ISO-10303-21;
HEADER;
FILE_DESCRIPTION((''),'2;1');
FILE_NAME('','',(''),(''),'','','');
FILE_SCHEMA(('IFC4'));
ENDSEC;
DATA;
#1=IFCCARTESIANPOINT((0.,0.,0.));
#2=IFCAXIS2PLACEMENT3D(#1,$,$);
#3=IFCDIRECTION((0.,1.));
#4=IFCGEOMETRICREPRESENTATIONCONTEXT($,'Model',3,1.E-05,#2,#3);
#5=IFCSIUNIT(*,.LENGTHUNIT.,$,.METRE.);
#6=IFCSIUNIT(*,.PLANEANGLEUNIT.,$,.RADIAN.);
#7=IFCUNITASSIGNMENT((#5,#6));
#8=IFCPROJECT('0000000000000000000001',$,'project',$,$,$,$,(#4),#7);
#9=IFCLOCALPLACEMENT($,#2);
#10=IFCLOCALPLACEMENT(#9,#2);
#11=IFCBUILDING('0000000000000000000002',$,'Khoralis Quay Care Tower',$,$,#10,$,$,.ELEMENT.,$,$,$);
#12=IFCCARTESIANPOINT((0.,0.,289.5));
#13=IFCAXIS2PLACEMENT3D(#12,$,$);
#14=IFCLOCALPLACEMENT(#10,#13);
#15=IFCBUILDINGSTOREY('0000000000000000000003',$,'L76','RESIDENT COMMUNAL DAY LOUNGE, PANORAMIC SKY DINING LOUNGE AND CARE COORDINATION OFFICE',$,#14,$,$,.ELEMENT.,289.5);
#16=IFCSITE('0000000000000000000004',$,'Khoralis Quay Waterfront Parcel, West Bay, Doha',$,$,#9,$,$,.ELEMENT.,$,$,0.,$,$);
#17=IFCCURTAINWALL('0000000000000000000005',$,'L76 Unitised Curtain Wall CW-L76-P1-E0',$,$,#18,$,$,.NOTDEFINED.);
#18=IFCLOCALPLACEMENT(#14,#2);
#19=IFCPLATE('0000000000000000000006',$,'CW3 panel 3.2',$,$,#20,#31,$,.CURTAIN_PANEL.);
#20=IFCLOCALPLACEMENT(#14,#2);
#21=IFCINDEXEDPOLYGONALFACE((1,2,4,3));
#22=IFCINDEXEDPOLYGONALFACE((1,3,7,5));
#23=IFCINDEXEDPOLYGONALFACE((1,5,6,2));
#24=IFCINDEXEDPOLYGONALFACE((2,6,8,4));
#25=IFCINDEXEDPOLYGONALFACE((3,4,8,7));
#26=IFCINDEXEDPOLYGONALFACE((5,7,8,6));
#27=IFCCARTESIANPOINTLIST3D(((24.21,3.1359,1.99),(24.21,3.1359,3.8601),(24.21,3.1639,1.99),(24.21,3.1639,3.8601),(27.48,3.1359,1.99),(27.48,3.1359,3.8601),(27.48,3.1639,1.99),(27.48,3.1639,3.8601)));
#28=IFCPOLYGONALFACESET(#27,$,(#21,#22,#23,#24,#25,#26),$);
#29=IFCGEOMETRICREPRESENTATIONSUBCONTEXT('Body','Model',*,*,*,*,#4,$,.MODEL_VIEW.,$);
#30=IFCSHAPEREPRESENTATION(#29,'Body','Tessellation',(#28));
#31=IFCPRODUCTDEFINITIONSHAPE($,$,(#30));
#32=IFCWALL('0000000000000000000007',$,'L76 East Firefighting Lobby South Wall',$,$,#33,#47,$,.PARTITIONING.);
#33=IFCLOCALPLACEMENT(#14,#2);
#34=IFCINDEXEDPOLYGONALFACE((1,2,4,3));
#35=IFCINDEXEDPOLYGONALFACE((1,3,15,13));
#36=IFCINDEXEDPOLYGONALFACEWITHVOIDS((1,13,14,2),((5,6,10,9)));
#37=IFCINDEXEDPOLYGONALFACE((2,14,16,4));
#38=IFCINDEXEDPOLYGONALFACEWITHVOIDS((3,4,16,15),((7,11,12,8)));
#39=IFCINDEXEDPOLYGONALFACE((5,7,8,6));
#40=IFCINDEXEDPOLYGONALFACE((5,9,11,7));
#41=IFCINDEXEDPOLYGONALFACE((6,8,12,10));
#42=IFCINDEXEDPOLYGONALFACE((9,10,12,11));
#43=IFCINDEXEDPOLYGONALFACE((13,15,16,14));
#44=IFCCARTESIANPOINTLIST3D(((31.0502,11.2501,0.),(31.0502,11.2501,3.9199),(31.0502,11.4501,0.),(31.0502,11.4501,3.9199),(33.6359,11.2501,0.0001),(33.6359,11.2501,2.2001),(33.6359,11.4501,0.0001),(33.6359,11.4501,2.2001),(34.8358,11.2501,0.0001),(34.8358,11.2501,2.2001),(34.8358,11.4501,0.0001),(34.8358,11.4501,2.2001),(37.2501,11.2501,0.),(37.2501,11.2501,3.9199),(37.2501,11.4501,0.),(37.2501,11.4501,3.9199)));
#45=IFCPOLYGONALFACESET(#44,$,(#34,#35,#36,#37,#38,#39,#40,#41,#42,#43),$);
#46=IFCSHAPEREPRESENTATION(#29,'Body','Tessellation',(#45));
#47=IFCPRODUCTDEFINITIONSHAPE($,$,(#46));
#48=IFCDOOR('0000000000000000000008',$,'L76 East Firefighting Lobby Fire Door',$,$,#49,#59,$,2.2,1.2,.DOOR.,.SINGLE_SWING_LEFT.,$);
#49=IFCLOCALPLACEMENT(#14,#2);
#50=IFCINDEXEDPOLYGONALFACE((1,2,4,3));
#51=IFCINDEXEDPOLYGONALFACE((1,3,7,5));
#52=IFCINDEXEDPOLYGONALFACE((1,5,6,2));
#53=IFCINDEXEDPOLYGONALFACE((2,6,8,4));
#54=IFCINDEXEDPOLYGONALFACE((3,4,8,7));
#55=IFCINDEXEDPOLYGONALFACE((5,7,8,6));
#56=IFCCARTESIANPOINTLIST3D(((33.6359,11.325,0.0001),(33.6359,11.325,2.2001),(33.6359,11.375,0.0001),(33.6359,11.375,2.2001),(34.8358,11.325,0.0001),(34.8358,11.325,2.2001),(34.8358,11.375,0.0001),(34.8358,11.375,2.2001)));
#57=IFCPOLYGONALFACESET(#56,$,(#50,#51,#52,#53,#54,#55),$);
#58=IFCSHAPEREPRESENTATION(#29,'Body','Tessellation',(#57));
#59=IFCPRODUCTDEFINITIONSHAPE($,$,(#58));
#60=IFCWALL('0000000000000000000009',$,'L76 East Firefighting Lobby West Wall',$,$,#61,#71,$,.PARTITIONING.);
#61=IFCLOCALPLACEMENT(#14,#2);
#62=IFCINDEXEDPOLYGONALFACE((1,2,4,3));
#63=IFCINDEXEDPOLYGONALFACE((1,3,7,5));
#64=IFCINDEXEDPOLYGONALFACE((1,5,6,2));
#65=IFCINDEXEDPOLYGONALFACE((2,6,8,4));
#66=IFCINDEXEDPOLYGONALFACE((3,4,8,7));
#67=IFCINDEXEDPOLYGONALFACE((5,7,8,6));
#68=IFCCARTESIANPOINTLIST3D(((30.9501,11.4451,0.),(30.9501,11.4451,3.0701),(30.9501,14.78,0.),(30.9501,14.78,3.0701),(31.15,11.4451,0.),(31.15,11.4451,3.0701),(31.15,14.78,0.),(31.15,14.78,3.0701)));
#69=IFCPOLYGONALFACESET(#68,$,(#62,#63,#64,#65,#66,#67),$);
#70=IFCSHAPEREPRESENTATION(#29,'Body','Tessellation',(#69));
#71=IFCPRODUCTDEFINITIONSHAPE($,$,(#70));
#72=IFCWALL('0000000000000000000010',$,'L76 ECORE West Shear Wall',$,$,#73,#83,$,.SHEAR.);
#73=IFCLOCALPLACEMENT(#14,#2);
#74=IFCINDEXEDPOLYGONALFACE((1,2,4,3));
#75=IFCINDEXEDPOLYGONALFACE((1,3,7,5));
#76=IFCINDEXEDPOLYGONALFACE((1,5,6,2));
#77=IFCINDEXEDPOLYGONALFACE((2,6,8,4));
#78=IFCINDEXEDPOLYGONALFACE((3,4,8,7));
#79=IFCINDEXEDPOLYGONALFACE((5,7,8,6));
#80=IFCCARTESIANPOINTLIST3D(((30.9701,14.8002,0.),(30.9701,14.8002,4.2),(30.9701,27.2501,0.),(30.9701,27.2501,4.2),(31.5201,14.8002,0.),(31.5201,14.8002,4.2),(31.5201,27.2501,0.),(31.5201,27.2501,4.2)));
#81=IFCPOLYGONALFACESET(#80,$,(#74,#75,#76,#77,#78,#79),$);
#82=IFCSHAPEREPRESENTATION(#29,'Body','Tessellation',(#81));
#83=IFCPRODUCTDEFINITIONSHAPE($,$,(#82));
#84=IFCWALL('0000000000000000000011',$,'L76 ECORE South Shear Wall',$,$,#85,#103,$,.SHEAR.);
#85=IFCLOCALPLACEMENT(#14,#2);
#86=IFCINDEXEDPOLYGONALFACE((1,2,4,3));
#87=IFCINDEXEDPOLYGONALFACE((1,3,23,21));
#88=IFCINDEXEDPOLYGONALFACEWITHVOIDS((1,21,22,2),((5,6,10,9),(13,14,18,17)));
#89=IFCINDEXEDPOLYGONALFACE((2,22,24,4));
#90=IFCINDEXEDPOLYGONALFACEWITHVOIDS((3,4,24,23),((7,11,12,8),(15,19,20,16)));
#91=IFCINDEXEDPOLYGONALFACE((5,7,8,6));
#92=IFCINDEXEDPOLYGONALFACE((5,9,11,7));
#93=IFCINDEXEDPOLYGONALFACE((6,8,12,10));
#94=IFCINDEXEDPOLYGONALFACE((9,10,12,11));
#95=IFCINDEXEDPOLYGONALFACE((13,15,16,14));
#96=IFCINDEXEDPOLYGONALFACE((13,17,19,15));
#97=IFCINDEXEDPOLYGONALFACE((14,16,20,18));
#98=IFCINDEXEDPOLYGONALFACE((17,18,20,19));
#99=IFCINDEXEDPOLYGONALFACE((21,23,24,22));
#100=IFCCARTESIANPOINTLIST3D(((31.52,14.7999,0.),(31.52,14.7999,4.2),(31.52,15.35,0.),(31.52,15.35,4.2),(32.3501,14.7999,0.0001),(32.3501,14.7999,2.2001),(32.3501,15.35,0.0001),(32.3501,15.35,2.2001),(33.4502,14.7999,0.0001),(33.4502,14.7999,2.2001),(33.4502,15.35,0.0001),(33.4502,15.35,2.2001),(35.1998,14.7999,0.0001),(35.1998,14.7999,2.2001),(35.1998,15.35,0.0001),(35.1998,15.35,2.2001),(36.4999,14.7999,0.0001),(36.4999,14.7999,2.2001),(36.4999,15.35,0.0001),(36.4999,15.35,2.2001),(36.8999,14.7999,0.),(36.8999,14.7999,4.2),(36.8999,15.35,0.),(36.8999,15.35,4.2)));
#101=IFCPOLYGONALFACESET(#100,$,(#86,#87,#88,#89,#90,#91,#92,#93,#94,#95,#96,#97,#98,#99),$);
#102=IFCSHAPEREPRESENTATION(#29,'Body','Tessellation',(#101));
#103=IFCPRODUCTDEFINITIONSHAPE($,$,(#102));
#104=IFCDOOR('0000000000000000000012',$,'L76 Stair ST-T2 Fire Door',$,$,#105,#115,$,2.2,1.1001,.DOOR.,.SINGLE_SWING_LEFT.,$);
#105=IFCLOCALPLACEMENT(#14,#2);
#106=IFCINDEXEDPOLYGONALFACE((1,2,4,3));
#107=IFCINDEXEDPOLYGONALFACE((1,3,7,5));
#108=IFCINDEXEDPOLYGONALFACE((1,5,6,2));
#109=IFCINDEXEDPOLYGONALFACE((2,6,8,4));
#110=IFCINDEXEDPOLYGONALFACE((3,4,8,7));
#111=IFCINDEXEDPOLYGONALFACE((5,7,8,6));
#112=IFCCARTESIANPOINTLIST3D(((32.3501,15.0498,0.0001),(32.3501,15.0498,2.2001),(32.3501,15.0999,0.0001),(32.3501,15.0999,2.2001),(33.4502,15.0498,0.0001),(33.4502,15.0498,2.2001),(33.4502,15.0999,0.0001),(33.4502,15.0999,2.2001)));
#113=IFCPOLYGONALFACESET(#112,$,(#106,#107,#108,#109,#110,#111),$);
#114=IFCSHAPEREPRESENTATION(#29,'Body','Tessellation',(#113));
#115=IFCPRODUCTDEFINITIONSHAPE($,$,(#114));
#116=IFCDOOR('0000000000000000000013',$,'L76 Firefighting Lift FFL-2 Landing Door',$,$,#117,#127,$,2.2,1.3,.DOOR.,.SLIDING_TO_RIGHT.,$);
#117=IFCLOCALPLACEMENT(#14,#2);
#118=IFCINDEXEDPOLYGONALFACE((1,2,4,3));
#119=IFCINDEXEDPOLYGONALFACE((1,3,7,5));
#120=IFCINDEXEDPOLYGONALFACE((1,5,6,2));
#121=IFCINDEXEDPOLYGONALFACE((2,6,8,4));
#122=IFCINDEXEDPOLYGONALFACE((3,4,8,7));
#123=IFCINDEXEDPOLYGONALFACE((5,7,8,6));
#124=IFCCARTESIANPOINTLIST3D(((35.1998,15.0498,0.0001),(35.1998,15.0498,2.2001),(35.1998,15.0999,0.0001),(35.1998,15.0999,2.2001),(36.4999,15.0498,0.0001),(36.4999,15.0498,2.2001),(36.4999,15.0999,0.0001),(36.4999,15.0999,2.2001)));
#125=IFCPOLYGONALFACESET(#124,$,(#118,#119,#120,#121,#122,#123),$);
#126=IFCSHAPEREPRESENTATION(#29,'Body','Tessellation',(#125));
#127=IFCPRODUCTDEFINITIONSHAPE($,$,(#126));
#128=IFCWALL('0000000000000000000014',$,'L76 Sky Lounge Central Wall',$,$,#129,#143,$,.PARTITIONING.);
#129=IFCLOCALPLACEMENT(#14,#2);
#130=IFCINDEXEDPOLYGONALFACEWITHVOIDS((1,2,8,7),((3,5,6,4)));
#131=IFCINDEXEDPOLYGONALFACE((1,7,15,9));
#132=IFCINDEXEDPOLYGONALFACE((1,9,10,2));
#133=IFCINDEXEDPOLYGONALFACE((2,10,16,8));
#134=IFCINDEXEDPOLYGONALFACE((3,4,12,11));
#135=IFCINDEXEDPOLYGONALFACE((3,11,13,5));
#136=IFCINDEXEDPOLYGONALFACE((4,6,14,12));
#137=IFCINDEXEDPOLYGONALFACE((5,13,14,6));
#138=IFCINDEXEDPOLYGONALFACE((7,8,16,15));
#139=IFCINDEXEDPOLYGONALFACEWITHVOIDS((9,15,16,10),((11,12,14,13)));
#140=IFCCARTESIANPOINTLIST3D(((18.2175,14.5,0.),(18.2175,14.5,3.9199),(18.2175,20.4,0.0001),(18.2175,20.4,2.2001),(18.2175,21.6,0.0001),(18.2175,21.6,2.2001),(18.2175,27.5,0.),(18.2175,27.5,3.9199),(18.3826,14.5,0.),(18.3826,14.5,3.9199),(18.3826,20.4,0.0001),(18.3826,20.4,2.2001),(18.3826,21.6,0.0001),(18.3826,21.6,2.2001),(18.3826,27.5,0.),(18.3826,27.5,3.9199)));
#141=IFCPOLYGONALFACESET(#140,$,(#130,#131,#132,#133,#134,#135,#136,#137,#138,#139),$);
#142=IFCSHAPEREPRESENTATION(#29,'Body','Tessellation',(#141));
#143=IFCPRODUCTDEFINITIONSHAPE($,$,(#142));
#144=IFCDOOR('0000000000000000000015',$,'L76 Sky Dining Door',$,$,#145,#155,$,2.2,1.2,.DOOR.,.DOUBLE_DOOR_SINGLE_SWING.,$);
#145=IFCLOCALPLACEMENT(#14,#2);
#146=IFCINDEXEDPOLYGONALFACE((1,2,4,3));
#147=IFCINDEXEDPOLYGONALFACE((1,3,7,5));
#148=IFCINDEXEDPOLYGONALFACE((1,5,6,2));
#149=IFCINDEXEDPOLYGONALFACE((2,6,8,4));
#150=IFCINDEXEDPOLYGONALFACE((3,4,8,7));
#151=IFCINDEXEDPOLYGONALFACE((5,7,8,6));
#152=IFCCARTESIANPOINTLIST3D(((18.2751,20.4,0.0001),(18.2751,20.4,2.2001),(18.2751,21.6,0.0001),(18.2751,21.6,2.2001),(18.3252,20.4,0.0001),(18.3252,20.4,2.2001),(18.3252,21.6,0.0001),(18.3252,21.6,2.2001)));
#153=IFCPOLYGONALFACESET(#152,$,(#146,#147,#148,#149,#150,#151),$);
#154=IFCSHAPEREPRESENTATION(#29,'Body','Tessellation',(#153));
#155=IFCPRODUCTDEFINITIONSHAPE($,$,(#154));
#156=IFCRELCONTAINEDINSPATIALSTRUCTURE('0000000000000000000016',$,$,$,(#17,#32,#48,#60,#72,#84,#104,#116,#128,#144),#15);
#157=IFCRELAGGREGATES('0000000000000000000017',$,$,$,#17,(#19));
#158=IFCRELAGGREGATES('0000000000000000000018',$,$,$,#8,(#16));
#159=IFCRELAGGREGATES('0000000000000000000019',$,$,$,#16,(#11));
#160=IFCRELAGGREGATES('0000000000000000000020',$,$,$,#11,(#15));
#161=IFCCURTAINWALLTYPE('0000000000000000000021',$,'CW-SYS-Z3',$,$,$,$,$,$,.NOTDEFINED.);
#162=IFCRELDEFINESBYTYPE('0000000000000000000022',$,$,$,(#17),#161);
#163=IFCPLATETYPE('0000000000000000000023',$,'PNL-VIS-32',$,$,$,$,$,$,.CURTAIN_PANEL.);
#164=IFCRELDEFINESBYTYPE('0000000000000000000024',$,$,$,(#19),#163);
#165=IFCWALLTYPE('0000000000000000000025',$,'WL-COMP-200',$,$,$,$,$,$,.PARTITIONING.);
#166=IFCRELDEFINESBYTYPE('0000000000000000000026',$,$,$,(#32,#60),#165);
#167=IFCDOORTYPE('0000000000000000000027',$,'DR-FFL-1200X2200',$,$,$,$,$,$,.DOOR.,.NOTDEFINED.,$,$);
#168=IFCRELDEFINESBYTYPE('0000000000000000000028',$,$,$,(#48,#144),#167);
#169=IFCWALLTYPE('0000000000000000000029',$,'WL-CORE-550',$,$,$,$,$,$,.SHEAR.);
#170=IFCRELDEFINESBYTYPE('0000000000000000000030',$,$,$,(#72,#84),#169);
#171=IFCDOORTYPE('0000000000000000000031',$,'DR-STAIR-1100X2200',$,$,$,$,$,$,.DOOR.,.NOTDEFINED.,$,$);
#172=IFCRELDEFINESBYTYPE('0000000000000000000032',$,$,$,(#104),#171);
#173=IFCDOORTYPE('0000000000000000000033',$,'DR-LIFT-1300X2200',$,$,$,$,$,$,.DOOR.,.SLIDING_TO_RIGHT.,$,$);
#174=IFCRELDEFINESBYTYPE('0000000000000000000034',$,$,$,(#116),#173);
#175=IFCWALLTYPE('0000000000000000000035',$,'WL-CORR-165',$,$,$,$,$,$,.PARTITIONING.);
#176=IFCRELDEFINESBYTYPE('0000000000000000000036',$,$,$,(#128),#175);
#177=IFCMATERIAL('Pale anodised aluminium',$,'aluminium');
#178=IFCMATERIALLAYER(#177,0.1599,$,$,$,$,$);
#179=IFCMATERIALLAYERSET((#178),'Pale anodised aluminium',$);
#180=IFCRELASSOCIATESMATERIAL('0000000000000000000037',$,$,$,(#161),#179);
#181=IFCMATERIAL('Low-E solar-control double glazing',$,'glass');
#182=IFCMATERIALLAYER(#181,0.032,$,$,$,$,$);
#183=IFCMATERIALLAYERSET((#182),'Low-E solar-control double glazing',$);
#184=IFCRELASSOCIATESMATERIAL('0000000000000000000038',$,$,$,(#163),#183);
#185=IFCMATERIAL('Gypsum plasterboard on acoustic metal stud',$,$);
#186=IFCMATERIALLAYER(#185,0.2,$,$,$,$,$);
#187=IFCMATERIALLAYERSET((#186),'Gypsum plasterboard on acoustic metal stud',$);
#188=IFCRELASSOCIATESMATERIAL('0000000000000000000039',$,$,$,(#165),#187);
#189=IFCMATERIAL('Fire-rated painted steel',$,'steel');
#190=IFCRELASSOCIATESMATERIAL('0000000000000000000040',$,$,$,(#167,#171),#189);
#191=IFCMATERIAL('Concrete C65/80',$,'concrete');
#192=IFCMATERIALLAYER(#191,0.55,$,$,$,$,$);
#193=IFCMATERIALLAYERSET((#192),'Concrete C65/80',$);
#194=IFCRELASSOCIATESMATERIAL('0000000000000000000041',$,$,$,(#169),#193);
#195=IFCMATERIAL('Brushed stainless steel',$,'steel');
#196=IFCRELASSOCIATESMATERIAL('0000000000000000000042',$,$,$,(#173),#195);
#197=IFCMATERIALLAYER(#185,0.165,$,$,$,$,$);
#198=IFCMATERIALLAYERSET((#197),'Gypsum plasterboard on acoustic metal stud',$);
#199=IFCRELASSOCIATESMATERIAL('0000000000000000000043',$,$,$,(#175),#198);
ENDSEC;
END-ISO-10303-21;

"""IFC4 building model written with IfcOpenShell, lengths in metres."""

from ifc_helpers import new_model, si_unit, direction, frame, frame_2d, origin, origin_2d, place, context, subcontext, project, spatial, rectangle, extrude, source, transform, mapped, material, layer, layer_set, type_object, element, fill, aggregate, save


model = new_model("IFC4")

# Units and contexts
model_context = context("Model", 3, precision=1e-05, world=origin(), true_north=direction((0.0, 1.0)))
body_context = subcontext(model_context, "Body", "Model", "MODEL_VIEW")
ifc_project = project(units=[si_unit("LENGTHUNIT", "METRE"), si_unit("PLANEANGLEUNIT", "RADIAN")], contexts=[model_context])

# Site, building, storey
site_placement = place(None, origin())
site = spatial("IfcSite", under=ifc_project, at=site_placement, Name="Khoralis Quay Waterfront Parcel, West Bay, Doha", CompositionType="ELEMENT", RefElevation=0.0)
building_placement = place(site_placement, origin())
building = spatial("IfcBuilding", under=site, at=building_placement, Name="Khoralis Quay Care Tower", CompositionType="ELEMENT")
storey_placement = place(building_placement, frame((0.0, 0.0, 289.5)))
storey = spatial("IfcBuildingStorey", under=building, at=storey_placement, Name="L76", Description="RESIDENT COMMUNAL DAY LOUNGE, PANORAMIC SKY DINING LOUNGE AND CARE COORDINATION OFFICE", CompositionType="ELEMENT", Elevation=289.5)

# Curtain wall
ifc_material_1 = material(Name="Pale anodised aluminium", Category="aluminium")
ifc_layer_1 = layer(ifc_material_1, 0.1599)
ifc_layer_set_1 = layer_set([ifc_layer_1], Name="Pale anodised aluminium")
curtain_wall_type = type_object("IfcCurtainWallType", Name="CW-SYS-Z3", PredefinedType="NOTDEFINED", material=ifc_layer_set_1)
curtain_wall_placement = place(storey_placement, origin())
curtain_wall = element("IfcCurtainWall", 1, at=curtain_wall_placement, inside=storey, type_object=curtain_wall_type, Name="L76 Unitised Curtain Wall CW-L76-P1-E0", PredefinedType="NOTDEFINED")

# Plate
ifc_material_2 = material(Name="Low-E solar-control double glazing", Category="glass")
ifc_layer_2 = layer(ifc_material_2, 0.032)
ifc_layer_set_2 = layer_set([ifc_layer_2], Name="Low-E solar-control double glazing")
plate_type_1 = type_object("IfcPlateType", Name="PNL-VIS-32", PredefinedType="CURTAIN_PANEL", material=ifc_layer_set_2)
shared_shape_1 = source(origin(), body_context, "Body", "SweptSolid", [
    extrude(rectangle(XDim=3.27, YDim=0.0281, at=origin_2d()), origin(), (0.0, 0.0, 1.0), 1.8701),
])
plate_placement = place(storey_placement, frame((25.845, 3.1499, 1.99), z_axis=(0.0, 0.0, 1.0), x_axis=(1.0, 0.0, 0.0)))
plate = element("IfcPlate", 2, at=plate_placement, type_object=plate_type_1, Name="CW3 panel 3.2", PredefinedType="CURTAIN_PANEL", context=body_context, shape_type="MappedRepresentation", body=[
    mapped(shared_shape_1, transform((0.0, 0.0, 0.0), scale=1.0)),
])
aggregate(curtain_wall, [plate])

# Wall, opening, door
ifc_material_3 = material(Name="Gypsum plasterboard on acoustic metal stud")
ifc_layer_3 = layer(ifc_material_3, 0.2)
ifc_layer_set_3 = layer_set([ifc_layer_3], Name="Gypsum plasterboard on acoustic metal stud")
wall_type_1 = type_object("IfcWallType", Name="WL-COMP-200", PredefinedType="PARTITIONING", material=ifc_layer_set_3)
wall_1_placement = place(storey_placement, frame((31.05, 11.3501, 0.0), z_axis=(0.0, 0.0, 1.0), x_axis=(1.0, 0.0, 0.0)))
wall_1 = element("IfcWall", 3, at=wall_1_placement, inside=storey, type_object=wall_type_1, Name="L76 East Firefighting Lobby South Wall", PredefinedType="PARTITIONING", context=body_context, shape_type="SweptSolid", body=[
    extrude(rectangle(XDim=6.2, YDim=0.2, at=frame_2d((3.1001, 0.0))), origin(), (0.0, 0.0, 1.0), 3.9199),
])
opening_1_placement = place(wall_1_placement, frame((2.5857, 0.0, 0.0)))
opening_1 = element("IfcOpeningElement", 4, at=opening_1_placement, cuts=wall_1, PredefinedType="OPENING", context=body_context, shape_type="SweptSolid", body=[
    extrude(rectangle(XDim=1.2, YDim=2.2, at=frame_2d((0.6001, 1.1001))), frame((0.0, 0.1099, 0.0), z_axis=(0.0, -1.0, 0.0), x_axis=(1.0, 0.0, 0.0)), (0.0, 0.0, 1.0), 0.22),
])
ifc_material_4 = material(Name="Fire-rated painted steel", Category="steel")
door_type_1 = type_object("IfcDoorType", Name="DR-FFL-1200X2200", OperationType="NOTDEFINED", PredefinedType="DOOR", material=ifc_material_4)
shared_shape_2 = source(origin(), body_context, "Body", "SweptSolid", [
    extrude(rectangle(XDim=1.2, YDim=2.2, at=frame_2d((0.6001, 1.1001))), frame((0.0, 0.0249, 0.0), z_axis=(0.0, -1.0, 0.0), x_axis=(1.0, 0.0, 0.0)), (0.0, 0.0, 1.0), 0.05),
])
door_1_placement = place(opening_1_placement, origin())
door_1 = element("IfcDoor", 5, at=door_1_placement, inside=storey, type_object=door_type_1, Name="L76 East Firefighting Lobby Fire Door", OperationType="SINGLE_SWING_LEFT", OverallHeight=2.2, OverallWidth=1.2, PredefinedType="DOOR", context=body_context, shape_type="MappedRepresentation", body=[
    mapped(shared_shape_2, transform((0.0, 0.0, 0.0), scale=1.0)),
])
fill(opening_1, door_1)

# Walls
wall_2_placement = place(storey_placement, frame((31.05, 11.4451, 0.0), z_axis=(0.0, 0.0, 1.0), x_axis=(0.0, 1.0, 0.0)))
element("IfcWall", 6, at=wall_2_placement, inside=storey, type_object=wall_type_1, Name="L76 East Firefighting Lobby West Wall", PredefinedType="PARTITIONING", context=body_context, shape_type="SweptSolid", body=[
    extrude(rectangle(XDim=3.335, YDim=0.2, at=frame_2d((1.6675, 0.0))), origin(), (0.0, 0.0, 1.0), 3.0701),
])
ifc_material_5 = material(Name="Concrete C65/80", Category="concrete")
ifc_layer_4 = layer(ifc_material_5, 0.55)
ifc_layer_set_4 = layer_set([ifc_layer_4], Name="Concrete C65/80")
wall_type_2 = type_object("IfcWallType", Name="WL-CORE-550", PredefinedType="SHEAR", material=ifc_layer_set_4)
wall_3_placement = place(storey_placement, frame((31.2451, 14.8, 0.0), z_axis=(0.0, 0.0, 1.0), x_axis=(0.0, 1.0, 0.0)))
element("IfcWall", 7, at=wall_3_placement, inside=storey, type_object=wall_type_2, Name="L76 ECORE West Shear Wall", PredefinedType="SHEAR", context=body_context, shape_type="SweptSolid", body=[
    extrude(rectangle(XDim=12.45, YDim=0.55, at=frame_2d((6.2251, 0.0))), origin(), (0.0, 0.0, 1.0), 4.2),
])

# Wall, openings, doors
wall_4_placement = place(storey_placement, frame((31.52, 15.075, 0.0), z_axis=(0.0, 0.0, 1.0), x_axis=(1.0, 0.0, 0.0)))
wall_4 = element("IfcWall", 8, at=wall_4_placement, inside=storey, type_object=wall_type_2, Name="L76 ECORE South Shear Wall", PredefinedType="SHEAR", context=body_context, shape_type="SweptSolid", body=[
    extrude(rectangle(XDim=5.3799, YDim=0.55, at=frame_2d((2.6899, 0.0))), origin(), (0.0, 0.0, 1.0), 4.2),
])
opening_2_placement = place(wall_4_placement, frame((0.8301, 0.0, 0.0)))
opening_2 = element("IfcOpeningElement", 9, at=opening_2_placement, cuts=wall_4, PredefinedType="OPENING", context=body_context, shape_type="SweptSolid", body=[
    extrude(rectangle(XDim=1.1001, YDim=2.2, at=frame_2d((0.55, 1.1001))), frame((0.0, 0.2852, 0.0), z_axis=(0.0, -1.0, 0.0), x_axis=(1.0, 0.0, 0.0)), (0.0, 0.0, 1.0), 0.5701),
])
opening_3_placement = place(wall_4_placement, frame((3.6799, 0.0, 0.0)))
opening_3 = element("IfcOpeningElement", 10, at=opening_3_placement, cuts=wall_4, PredefinedType="OPENING", context=body_context, shape_type="SweptSolid", body=[
    extrude(rectangle(XDim=1.3, YDim=2.2, at=frame_2d((0.6499, 1.1001))), frame((0.0, 0.2852, 0.0), z_axis=(0.0, -1.0, 0.0), x_axis=(1.0, 0.0, 0.0)), (0.0, 0.0, 1.0), 0.5701),
])
door_type_2 = type_object("IfcDoorType", Name="DR-STAIR-1100X2200", OperationType="NOTDEFINED", PredefinedType="DOOR", material=ifc_material_4)
shared_shape_3 = source(origin(), body_context, "Body", "SweptSolid", [
    extrude(rectangle(XDim=1.1001, YDim=2.2, at=frame_2d((0.55, 1.1001))), frame((0.0, 0.0249, 0.0), z_axis=(0.0, -1.0, 0.0), x_axis=(1.0, 0.0, 0.0)), (0.0, 0.0, 1.0), 0.05),
])
door_2_placement = place(opening_2_placement, origin())
door_2 = element("IfcDoor", 11, at=door_2_placement, inside=storey, type_object=door_type_2, Name="L76 Stair ST-T2 Fire Door", OperationType="SINGLE_SWING_LEFT", OverallHeight=2.2, OverallWidth=1.1001, PredefinedType="DOOR", context=body_context, shape_type="MappedRepresentation", body=[
    mapped(shared_shape_3, transform((0.0, 0.0, 0.0), scale=1.0)),
])
fill(opening_2, door_2)
ifc_material_6 = material(Name="Brushed stainless steel", Category="steel")
door_type_3 = type_object("IfcDoorType", Name="DR-LIFT-1300X2200", OperationType="SLIDING_TO_RIGHT", PredefinedType="DOOR", material=ifc_material_6)
shared_shape_4 = source(origin(), body_context, "Body", "SweptSolid", [
    extrude(rectangle(XDim=1.3, YDim=2.2, at=frame_2d((0.6499, 1.1001))), frame((0.0, 0.0249, 0.0), z_axis=(0.0, -1.0, 0.0), x_axis=(1.0, 0.0, 0.0)), (0.0, 0.0, 1.0), 0.05),
])
door_3_placement = place(opening_3_placement, origin())
door_3 = element("IfcDoor", 12, at=door_3_placement, inside=storey, type_object=door_type_3, Name="L76 Firefighting Lift FFL-2 Landing Door", OperationType="SLIDING_TO_RIGHT", OverallHeight=2.2, OverallWidth=1.3, PredefinedType="DOOR", context=body_context, shape_type="MappedRepresentation", body=[
    mapped(shared_shape_4, transform((0.0, 0.0, 0.0), scale=1.0)),
])
fill(opening_3, door_3)

# Wall, opening, door
ifc_layer_5 = layer(ifc_material_3, 0.165)
ifc_layer_set_5 = layer_set([ifc_layer_5], Name="Gypsum plasterboard on acoustic metal stud")
wall_type_3 = type_object("IfcWallType", Name="WL-CORR-165", PredefinedType="PARTITIONING", material=ifc_layer_set_5)
wall_5_placement = place(storey_placement, frame((18.3, 14.5, 0.0), z_axis=(0.0, 0.0, 1.0), x_axis=(0.0, 1.0, 0.0)))
wall_5 = element("IfcWall", 13, at=wall_5_placement, inside=storey, type_object=wall_type_3, Name="L76 Sky Lounge Central Wall", PredefinedType="PARTITIONING", context=body_context, shape_type="SweptSolid", body=[
    extrude(rectangle(XDim=13.0, YDim=0.165, at=frame_2d((6.5, 0.0))), origin(), (0.0, 0.0, 1.0), 3.9199),
])
opening_4_placement = place(wall_5_placement, frame((5.8999, 0.0, 0.0)))
opening_4 = element("IfcOpeningElement", 14, at=opening_4_placement, cuts=wall_5, PredefinedType="OPENING", context=body_context, shape_type="SweptSolid", body=[
    extrude(rectangle(XDim=1.2, YDim=2.2, at=frame_2d((0.6001, 1.1001))), frame((0.0, 0.0925, 0.0), z_axis=(0.0, -1.0, 0.0), x_axis=(1.0, 0.0, 0.0)), (0.0, 0.0, 1.0), 0.1851),
])
door_4_placement = place(opening_4_placement, origin())
door_4 = element("IfcDoor", 15, at=door_4_placement, inside=storey, type_object=door_type_1, Name="L76 Sky Dining Door", OperationType="DOUBLE_DOOR_SINGLE_SWING", OverallHeight=2.2, OverallWidth=1.2, PredefinedType="DOOR", context=body_context, shape_type="MappedRepresentation", body=[
    mapped(shared_shape_2, transform((0.0, 0.0, 0.0), scale=1.0)),
])
fill(opening_4, door_4)

save(model, "model.ifc")
